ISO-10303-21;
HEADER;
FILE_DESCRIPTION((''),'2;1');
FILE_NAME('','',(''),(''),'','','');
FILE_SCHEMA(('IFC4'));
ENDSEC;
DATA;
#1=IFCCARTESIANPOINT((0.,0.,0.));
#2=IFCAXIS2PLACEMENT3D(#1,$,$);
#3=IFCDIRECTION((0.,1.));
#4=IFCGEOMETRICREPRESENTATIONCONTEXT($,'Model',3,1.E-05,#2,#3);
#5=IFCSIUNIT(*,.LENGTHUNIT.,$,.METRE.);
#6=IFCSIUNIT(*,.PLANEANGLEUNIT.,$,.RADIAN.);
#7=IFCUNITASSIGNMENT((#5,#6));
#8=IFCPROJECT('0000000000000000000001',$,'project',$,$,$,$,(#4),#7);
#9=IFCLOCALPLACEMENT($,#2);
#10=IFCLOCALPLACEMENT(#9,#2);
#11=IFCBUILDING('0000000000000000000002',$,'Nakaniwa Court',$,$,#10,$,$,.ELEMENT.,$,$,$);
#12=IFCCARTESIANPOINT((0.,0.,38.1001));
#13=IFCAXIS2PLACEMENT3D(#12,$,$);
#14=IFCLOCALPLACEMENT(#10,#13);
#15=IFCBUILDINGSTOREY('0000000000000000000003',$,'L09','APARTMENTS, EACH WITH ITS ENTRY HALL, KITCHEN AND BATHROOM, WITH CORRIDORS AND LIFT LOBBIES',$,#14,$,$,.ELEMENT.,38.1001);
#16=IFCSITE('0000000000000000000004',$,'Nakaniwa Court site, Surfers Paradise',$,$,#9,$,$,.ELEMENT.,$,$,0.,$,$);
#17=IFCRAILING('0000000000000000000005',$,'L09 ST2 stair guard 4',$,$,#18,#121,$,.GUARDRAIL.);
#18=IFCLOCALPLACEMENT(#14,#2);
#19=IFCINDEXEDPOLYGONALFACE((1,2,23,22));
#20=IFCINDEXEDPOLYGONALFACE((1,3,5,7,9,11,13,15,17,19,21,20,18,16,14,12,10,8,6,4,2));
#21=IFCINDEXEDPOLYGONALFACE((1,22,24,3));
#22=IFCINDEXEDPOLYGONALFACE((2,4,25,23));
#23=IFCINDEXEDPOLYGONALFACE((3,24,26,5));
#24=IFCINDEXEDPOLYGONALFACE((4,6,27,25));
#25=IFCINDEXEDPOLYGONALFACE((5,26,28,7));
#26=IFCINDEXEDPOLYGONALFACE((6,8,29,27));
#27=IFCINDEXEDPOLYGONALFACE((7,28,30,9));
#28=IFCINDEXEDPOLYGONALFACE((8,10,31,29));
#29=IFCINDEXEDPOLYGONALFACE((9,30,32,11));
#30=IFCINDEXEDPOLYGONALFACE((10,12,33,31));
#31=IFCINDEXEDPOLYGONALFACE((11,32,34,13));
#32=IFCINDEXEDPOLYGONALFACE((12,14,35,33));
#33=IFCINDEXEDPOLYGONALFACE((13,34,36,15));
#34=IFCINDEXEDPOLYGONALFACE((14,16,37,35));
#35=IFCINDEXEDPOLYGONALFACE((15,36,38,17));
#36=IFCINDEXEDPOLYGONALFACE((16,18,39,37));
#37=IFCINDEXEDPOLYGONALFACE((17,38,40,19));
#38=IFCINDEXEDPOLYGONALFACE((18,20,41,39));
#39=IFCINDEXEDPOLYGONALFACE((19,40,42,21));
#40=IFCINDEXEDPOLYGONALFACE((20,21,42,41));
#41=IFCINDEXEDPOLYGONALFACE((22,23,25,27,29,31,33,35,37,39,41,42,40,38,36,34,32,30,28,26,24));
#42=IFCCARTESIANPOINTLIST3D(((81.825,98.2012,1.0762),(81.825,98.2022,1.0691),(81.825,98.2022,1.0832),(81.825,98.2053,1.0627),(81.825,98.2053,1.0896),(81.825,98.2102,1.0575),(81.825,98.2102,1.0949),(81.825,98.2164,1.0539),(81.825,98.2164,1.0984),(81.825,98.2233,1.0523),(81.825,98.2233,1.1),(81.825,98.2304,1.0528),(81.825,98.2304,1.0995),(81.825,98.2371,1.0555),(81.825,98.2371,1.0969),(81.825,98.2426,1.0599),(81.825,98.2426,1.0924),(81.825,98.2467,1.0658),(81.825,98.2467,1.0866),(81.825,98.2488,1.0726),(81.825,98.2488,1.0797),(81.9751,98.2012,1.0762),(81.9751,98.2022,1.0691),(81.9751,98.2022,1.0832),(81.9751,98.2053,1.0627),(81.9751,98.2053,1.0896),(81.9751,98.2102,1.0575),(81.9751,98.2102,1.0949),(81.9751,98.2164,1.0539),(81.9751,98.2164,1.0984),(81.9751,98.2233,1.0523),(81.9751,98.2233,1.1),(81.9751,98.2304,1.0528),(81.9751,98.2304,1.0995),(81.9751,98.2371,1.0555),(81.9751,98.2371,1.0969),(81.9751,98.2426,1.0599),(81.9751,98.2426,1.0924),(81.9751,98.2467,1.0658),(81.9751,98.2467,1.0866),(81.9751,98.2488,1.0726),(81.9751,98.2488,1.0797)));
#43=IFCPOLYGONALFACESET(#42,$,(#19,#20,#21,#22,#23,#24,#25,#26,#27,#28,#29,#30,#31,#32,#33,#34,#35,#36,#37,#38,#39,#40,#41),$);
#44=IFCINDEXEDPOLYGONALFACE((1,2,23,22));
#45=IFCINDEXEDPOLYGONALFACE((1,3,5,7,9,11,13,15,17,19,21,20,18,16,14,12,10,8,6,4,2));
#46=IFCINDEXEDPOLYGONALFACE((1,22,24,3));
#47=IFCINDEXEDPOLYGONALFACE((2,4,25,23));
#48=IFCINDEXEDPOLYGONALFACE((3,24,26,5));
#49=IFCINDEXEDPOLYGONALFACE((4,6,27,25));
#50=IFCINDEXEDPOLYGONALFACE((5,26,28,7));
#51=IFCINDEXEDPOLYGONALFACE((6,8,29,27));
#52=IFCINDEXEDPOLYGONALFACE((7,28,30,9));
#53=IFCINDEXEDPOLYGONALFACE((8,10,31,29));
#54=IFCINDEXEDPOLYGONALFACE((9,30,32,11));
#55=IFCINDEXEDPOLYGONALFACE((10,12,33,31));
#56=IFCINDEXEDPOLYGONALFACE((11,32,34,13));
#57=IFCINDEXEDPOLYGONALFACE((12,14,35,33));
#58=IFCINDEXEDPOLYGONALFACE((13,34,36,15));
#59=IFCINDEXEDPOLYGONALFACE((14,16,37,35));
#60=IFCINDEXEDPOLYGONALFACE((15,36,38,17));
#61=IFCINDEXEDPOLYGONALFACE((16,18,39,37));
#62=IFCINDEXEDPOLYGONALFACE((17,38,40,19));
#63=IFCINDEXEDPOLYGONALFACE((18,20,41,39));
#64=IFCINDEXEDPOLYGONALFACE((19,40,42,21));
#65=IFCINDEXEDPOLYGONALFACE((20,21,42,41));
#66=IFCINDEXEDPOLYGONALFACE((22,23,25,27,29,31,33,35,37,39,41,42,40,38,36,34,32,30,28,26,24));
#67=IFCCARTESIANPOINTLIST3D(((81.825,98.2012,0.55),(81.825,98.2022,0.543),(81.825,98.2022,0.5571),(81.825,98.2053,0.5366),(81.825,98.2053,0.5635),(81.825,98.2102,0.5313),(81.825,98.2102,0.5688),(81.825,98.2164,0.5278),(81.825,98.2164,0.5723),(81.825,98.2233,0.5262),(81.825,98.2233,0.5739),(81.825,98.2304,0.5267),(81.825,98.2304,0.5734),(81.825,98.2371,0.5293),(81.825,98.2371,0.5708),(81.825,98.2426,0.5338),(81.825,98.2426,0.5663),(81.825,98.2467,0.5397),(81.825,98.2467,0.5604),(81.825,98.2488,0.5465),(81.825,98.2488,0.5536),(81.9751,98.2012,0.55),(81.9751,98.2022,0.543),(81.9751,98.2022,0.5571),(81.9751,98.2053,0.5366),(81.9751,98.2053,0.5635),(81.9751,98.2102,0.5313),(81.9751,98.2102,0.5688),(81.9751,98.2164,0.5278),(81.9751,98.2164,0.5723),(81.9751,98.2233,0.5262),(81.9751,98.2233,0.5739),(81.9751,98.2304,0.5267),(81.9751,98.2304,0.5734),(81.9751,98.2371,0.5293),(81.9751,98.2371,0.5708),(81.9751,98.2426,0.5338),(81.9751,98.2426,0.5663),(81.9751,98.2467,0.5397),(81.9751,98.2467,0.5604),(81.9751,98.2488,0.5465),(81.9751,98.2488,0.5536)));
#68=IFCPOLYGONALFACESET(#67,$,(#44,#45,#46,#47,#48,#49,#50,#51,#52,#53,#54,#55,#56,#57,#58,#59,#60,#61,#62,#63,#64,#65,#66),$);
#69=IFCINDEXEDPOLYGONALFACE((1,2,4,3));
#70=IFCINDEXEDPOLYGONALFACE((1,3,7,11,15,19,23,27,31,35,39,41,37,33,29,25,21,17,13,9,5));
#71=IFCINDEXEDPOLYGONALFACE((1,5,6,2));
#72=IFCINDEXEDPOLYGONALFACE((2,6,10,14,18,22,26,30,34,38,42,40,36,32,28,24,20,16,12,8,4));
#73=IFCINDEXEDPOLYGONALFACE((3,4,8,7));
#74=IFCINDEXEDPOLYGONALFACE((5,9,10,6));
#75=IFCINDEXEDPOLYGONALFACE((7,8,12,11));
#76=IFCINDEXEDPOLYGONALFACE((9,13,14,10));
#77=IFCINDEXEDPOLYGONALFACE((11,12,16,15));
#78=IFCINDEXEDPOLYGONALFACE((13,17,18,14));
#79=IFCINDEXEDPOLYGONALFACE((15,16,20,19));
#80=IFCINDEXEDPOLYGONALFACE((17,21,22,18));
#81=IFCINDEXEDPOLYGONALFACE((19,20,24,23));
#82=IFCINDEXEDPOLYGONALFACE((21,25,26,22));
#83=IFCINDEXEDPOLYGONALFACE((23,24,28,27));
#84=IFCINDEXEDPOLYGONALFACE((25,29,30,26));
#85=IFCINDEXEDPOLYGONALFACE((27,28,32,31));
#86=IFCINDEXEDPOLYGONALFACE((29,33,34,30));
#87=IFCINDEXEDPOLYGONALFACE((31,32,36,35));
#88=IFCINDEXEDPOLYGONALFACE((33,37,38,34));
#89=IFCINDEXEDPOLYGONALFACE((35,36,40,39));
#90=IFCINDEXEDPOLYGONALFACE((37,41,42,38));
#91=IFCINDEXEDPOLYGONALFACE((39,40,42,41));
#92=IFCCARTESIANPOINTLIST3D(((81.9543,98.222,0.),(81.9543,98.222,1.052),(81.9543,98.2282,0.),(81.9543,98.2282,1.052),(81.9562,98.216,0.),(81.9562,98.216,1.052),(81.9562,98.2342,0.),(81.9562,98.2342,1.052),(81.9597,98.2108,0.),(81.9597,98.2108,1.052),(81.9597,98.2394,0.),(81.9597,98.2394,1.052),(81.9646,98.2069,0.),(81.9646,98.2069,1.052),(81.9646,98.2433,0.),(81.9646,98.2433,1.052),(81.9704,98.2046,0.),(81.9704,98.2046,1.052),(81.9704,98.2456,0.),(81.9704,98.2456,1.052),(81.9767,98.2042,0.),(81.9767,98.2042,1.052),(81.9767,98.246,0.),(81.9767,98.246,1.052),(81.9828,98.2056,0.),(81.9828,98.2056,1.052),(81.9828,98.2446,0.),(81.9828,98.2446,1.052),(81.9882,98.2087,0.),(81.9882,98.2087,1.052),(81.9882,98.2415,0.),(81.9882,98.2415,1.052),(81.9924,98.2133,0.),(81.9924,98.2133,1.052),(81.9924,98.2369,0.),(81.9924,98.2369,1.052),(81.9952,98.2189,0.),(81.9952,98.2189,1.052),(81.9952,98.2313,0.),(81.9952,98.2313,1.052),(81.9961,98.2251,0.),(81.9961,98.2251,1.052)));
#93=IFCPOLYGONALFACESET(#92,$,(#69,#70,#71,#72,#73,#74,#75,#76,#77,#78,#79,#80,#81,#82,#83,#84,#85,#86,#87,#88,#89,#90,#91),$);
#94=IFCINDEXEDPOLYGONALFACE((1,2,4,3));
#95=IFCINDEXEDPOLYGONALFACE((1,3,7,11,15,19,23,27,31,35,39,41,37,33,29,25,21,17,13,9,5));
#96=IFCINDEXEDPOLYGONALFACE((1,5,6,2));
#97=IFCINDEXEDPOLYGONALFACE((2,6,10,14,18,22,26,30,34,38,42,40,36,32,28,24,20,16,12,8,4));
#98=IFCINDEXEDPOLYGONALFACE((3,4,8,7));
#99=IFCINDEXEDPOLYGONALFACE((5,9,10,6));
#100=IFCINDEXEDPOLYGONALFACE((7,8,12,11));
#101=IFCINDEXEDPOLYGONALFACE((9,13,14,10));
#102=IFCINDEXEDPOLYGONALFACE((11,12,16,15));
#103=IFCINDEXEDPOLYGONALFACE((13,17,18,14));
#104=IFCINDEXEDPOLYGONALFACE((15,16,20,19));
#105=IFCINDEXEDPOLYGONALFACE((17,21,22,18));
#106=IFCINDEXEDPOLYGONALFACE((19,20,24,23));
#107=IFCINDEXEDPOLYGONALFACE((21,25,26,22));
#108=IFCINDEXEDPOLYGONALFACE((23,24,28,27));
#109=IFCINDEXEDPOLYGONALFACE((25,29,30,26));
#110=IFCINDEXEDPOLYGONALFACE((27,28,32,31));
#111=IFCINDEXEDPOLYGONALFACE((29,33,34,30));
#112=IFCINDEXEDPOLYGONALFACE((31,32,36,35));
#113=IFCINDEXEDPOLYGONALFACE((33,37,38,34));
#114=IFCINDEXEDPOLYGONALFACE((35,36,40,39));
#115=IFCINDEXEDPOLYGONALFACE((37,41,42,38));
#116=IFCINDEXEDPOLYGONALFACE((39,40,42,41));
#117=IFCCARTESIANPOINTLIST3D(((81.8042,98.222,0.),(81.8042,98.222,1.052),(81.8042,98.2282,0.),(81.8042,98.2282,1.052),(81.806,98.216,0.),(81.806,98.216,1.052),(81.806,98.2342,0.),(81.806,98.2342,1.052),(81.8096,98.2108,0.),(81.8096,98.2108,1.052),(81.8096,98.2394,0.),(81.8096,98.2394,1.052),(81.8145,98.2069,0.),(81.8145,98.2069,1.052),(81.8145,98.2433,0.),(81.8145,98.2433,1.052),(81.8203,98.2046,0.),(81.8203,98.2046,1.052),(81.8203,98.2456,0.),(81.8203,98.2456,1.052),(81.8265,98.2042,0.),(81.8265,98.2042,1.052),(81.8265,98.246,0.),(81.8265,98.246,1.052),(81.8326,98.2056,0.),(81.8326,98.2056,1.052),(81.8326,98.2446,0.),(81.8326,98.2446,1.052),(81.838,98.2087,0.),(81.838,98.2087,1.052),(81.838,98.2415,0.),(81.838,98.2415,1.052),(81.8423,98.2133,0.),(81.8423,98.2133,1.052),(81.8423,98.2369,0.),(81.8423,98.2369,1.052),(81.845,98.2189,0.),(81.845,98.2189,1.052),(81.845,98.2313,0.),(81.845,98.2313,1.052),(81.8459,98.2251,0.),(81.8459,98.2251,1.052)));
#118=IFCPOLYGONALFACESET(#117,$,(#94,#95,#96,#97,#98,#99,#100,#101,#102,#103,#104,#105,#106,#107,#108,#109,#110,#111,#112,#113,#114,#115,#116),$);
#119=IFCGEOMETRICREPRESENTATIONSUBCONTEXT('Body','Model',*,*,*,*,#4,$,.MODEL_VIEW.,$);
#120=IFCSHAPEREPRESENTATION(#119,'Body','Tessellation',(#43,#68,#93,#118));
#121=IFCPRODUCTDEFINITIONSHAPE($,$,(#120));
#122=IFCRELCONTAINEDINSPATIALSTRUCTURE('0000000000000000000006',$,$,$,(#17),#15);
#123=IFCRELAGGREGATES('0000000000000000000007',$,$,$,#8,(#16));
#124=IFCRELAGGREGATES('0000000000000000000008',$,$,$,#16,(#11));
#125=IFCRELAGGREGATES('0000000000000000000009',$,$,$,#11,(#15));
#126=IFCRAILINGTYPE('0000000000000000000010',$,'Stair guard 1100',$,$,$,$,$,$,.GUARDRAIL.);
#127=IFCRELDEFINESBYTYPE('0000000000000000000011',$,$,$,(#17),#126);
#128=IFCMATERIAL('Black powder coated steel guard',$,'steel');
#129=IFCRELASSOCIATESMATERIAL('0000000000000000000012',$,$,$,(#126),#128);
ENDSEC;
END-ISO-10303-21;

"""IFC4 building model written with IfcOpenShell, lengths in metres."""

from ifc_helpers import new_model, si_unit, direction, frame, origin, origin_2d, place, context, subcontext, project, spatial, circle, extrude, material, type_object, element, save


model = new_model("IFC4")

# Units and contexts
model_context = context("Model", 3, precision=1e-05, world=origin(), true_north=direction((0.0, 1.0)))
body_context = subcontext(model_context, "Body", "Model", "MODEL_VIEW")
ifc_project = project(units=[si_unit("LENGTHUNIT", "METRE"), si_unit("PLANEANGLEUNIT", "RADIAN")], contexts=[model_context])

# Site, building, storey
site_placement = place(None, origin())
site = spatial("IfcSite", under=ifc_project, at=site_placement, Name="Nakaniwa Court site, Surfers Paradise", CompositionType="ELEMENT", RefElevation=0.0)
building_placement = place(site_placement, origin())
building = spatial("IfcBuilding", under=site, at=building_placement, Name="Nakaniwa Court", CompositionType="ELEMENT")
storey_placement = place(building_placement, frame((0.0, 0.0, 38.1001)))
storey = spatial("IfcBuildingStorey", under=building, at=storey_placement, Name="L09", Description="APARTMENTS, EACH WITH ITS ENTRY HALL, KITCHEN AND BATHROOM, WITH CORRIDORS AND LIFT LOBBIES", CompositionType="ELEMENT", Elevation=38.1001)

# Railing
ifc_material_1 = material(Name="Black powder coated steel guard", Category="steel")
railing_type_1 = type_object("IfcRailingType", Name="Stair guard 1100", PredefinedType="GUARDRAIL", material=ifc_material_1)
railing_1_placement = place(storey_placement, frame((81.9751, 98.2251, 0.0)))
element("IfcRailing", 1, at=railing_1_placement, inside=storey, type_object=railing_type_1, Name="L09 ST2 stair guard 4", PredefinedType="GUARDRAIL", context=body_context, shape_type="SweptSolid", body=[
    extrude(circle(Radius=0.0239, at=origin_2d()), frame((0.0, 0.0, 1.0762), z_axis=(-1.0, 0.0, 0.0), x_axis=(0.0, -1.0, 0.0)), (0.0, 0.0, 1.0), 0.1501),
    extrude(circle(Radius=0.0239, at=origin_2d()), frame((0.0, 0.0, 0.55), z_axis=(-1.0, 0.0, 0.0), x_axis=(0.0, -1.0, 0.0)), (0.0, 0.0, 1.0), 0.1501),
    extrude(circle(Radius=0.021, at=origin_2d()), origin(), (0.0, 0.0, 1.0), 1.052),
    extrude(circle(Radius=0.021, at=origin_2d()), frame((-0.1501, 0.0, 0.0)), (0.0, 0.0, 1.0), 1.052),
])

save(model, "model.ifc")
